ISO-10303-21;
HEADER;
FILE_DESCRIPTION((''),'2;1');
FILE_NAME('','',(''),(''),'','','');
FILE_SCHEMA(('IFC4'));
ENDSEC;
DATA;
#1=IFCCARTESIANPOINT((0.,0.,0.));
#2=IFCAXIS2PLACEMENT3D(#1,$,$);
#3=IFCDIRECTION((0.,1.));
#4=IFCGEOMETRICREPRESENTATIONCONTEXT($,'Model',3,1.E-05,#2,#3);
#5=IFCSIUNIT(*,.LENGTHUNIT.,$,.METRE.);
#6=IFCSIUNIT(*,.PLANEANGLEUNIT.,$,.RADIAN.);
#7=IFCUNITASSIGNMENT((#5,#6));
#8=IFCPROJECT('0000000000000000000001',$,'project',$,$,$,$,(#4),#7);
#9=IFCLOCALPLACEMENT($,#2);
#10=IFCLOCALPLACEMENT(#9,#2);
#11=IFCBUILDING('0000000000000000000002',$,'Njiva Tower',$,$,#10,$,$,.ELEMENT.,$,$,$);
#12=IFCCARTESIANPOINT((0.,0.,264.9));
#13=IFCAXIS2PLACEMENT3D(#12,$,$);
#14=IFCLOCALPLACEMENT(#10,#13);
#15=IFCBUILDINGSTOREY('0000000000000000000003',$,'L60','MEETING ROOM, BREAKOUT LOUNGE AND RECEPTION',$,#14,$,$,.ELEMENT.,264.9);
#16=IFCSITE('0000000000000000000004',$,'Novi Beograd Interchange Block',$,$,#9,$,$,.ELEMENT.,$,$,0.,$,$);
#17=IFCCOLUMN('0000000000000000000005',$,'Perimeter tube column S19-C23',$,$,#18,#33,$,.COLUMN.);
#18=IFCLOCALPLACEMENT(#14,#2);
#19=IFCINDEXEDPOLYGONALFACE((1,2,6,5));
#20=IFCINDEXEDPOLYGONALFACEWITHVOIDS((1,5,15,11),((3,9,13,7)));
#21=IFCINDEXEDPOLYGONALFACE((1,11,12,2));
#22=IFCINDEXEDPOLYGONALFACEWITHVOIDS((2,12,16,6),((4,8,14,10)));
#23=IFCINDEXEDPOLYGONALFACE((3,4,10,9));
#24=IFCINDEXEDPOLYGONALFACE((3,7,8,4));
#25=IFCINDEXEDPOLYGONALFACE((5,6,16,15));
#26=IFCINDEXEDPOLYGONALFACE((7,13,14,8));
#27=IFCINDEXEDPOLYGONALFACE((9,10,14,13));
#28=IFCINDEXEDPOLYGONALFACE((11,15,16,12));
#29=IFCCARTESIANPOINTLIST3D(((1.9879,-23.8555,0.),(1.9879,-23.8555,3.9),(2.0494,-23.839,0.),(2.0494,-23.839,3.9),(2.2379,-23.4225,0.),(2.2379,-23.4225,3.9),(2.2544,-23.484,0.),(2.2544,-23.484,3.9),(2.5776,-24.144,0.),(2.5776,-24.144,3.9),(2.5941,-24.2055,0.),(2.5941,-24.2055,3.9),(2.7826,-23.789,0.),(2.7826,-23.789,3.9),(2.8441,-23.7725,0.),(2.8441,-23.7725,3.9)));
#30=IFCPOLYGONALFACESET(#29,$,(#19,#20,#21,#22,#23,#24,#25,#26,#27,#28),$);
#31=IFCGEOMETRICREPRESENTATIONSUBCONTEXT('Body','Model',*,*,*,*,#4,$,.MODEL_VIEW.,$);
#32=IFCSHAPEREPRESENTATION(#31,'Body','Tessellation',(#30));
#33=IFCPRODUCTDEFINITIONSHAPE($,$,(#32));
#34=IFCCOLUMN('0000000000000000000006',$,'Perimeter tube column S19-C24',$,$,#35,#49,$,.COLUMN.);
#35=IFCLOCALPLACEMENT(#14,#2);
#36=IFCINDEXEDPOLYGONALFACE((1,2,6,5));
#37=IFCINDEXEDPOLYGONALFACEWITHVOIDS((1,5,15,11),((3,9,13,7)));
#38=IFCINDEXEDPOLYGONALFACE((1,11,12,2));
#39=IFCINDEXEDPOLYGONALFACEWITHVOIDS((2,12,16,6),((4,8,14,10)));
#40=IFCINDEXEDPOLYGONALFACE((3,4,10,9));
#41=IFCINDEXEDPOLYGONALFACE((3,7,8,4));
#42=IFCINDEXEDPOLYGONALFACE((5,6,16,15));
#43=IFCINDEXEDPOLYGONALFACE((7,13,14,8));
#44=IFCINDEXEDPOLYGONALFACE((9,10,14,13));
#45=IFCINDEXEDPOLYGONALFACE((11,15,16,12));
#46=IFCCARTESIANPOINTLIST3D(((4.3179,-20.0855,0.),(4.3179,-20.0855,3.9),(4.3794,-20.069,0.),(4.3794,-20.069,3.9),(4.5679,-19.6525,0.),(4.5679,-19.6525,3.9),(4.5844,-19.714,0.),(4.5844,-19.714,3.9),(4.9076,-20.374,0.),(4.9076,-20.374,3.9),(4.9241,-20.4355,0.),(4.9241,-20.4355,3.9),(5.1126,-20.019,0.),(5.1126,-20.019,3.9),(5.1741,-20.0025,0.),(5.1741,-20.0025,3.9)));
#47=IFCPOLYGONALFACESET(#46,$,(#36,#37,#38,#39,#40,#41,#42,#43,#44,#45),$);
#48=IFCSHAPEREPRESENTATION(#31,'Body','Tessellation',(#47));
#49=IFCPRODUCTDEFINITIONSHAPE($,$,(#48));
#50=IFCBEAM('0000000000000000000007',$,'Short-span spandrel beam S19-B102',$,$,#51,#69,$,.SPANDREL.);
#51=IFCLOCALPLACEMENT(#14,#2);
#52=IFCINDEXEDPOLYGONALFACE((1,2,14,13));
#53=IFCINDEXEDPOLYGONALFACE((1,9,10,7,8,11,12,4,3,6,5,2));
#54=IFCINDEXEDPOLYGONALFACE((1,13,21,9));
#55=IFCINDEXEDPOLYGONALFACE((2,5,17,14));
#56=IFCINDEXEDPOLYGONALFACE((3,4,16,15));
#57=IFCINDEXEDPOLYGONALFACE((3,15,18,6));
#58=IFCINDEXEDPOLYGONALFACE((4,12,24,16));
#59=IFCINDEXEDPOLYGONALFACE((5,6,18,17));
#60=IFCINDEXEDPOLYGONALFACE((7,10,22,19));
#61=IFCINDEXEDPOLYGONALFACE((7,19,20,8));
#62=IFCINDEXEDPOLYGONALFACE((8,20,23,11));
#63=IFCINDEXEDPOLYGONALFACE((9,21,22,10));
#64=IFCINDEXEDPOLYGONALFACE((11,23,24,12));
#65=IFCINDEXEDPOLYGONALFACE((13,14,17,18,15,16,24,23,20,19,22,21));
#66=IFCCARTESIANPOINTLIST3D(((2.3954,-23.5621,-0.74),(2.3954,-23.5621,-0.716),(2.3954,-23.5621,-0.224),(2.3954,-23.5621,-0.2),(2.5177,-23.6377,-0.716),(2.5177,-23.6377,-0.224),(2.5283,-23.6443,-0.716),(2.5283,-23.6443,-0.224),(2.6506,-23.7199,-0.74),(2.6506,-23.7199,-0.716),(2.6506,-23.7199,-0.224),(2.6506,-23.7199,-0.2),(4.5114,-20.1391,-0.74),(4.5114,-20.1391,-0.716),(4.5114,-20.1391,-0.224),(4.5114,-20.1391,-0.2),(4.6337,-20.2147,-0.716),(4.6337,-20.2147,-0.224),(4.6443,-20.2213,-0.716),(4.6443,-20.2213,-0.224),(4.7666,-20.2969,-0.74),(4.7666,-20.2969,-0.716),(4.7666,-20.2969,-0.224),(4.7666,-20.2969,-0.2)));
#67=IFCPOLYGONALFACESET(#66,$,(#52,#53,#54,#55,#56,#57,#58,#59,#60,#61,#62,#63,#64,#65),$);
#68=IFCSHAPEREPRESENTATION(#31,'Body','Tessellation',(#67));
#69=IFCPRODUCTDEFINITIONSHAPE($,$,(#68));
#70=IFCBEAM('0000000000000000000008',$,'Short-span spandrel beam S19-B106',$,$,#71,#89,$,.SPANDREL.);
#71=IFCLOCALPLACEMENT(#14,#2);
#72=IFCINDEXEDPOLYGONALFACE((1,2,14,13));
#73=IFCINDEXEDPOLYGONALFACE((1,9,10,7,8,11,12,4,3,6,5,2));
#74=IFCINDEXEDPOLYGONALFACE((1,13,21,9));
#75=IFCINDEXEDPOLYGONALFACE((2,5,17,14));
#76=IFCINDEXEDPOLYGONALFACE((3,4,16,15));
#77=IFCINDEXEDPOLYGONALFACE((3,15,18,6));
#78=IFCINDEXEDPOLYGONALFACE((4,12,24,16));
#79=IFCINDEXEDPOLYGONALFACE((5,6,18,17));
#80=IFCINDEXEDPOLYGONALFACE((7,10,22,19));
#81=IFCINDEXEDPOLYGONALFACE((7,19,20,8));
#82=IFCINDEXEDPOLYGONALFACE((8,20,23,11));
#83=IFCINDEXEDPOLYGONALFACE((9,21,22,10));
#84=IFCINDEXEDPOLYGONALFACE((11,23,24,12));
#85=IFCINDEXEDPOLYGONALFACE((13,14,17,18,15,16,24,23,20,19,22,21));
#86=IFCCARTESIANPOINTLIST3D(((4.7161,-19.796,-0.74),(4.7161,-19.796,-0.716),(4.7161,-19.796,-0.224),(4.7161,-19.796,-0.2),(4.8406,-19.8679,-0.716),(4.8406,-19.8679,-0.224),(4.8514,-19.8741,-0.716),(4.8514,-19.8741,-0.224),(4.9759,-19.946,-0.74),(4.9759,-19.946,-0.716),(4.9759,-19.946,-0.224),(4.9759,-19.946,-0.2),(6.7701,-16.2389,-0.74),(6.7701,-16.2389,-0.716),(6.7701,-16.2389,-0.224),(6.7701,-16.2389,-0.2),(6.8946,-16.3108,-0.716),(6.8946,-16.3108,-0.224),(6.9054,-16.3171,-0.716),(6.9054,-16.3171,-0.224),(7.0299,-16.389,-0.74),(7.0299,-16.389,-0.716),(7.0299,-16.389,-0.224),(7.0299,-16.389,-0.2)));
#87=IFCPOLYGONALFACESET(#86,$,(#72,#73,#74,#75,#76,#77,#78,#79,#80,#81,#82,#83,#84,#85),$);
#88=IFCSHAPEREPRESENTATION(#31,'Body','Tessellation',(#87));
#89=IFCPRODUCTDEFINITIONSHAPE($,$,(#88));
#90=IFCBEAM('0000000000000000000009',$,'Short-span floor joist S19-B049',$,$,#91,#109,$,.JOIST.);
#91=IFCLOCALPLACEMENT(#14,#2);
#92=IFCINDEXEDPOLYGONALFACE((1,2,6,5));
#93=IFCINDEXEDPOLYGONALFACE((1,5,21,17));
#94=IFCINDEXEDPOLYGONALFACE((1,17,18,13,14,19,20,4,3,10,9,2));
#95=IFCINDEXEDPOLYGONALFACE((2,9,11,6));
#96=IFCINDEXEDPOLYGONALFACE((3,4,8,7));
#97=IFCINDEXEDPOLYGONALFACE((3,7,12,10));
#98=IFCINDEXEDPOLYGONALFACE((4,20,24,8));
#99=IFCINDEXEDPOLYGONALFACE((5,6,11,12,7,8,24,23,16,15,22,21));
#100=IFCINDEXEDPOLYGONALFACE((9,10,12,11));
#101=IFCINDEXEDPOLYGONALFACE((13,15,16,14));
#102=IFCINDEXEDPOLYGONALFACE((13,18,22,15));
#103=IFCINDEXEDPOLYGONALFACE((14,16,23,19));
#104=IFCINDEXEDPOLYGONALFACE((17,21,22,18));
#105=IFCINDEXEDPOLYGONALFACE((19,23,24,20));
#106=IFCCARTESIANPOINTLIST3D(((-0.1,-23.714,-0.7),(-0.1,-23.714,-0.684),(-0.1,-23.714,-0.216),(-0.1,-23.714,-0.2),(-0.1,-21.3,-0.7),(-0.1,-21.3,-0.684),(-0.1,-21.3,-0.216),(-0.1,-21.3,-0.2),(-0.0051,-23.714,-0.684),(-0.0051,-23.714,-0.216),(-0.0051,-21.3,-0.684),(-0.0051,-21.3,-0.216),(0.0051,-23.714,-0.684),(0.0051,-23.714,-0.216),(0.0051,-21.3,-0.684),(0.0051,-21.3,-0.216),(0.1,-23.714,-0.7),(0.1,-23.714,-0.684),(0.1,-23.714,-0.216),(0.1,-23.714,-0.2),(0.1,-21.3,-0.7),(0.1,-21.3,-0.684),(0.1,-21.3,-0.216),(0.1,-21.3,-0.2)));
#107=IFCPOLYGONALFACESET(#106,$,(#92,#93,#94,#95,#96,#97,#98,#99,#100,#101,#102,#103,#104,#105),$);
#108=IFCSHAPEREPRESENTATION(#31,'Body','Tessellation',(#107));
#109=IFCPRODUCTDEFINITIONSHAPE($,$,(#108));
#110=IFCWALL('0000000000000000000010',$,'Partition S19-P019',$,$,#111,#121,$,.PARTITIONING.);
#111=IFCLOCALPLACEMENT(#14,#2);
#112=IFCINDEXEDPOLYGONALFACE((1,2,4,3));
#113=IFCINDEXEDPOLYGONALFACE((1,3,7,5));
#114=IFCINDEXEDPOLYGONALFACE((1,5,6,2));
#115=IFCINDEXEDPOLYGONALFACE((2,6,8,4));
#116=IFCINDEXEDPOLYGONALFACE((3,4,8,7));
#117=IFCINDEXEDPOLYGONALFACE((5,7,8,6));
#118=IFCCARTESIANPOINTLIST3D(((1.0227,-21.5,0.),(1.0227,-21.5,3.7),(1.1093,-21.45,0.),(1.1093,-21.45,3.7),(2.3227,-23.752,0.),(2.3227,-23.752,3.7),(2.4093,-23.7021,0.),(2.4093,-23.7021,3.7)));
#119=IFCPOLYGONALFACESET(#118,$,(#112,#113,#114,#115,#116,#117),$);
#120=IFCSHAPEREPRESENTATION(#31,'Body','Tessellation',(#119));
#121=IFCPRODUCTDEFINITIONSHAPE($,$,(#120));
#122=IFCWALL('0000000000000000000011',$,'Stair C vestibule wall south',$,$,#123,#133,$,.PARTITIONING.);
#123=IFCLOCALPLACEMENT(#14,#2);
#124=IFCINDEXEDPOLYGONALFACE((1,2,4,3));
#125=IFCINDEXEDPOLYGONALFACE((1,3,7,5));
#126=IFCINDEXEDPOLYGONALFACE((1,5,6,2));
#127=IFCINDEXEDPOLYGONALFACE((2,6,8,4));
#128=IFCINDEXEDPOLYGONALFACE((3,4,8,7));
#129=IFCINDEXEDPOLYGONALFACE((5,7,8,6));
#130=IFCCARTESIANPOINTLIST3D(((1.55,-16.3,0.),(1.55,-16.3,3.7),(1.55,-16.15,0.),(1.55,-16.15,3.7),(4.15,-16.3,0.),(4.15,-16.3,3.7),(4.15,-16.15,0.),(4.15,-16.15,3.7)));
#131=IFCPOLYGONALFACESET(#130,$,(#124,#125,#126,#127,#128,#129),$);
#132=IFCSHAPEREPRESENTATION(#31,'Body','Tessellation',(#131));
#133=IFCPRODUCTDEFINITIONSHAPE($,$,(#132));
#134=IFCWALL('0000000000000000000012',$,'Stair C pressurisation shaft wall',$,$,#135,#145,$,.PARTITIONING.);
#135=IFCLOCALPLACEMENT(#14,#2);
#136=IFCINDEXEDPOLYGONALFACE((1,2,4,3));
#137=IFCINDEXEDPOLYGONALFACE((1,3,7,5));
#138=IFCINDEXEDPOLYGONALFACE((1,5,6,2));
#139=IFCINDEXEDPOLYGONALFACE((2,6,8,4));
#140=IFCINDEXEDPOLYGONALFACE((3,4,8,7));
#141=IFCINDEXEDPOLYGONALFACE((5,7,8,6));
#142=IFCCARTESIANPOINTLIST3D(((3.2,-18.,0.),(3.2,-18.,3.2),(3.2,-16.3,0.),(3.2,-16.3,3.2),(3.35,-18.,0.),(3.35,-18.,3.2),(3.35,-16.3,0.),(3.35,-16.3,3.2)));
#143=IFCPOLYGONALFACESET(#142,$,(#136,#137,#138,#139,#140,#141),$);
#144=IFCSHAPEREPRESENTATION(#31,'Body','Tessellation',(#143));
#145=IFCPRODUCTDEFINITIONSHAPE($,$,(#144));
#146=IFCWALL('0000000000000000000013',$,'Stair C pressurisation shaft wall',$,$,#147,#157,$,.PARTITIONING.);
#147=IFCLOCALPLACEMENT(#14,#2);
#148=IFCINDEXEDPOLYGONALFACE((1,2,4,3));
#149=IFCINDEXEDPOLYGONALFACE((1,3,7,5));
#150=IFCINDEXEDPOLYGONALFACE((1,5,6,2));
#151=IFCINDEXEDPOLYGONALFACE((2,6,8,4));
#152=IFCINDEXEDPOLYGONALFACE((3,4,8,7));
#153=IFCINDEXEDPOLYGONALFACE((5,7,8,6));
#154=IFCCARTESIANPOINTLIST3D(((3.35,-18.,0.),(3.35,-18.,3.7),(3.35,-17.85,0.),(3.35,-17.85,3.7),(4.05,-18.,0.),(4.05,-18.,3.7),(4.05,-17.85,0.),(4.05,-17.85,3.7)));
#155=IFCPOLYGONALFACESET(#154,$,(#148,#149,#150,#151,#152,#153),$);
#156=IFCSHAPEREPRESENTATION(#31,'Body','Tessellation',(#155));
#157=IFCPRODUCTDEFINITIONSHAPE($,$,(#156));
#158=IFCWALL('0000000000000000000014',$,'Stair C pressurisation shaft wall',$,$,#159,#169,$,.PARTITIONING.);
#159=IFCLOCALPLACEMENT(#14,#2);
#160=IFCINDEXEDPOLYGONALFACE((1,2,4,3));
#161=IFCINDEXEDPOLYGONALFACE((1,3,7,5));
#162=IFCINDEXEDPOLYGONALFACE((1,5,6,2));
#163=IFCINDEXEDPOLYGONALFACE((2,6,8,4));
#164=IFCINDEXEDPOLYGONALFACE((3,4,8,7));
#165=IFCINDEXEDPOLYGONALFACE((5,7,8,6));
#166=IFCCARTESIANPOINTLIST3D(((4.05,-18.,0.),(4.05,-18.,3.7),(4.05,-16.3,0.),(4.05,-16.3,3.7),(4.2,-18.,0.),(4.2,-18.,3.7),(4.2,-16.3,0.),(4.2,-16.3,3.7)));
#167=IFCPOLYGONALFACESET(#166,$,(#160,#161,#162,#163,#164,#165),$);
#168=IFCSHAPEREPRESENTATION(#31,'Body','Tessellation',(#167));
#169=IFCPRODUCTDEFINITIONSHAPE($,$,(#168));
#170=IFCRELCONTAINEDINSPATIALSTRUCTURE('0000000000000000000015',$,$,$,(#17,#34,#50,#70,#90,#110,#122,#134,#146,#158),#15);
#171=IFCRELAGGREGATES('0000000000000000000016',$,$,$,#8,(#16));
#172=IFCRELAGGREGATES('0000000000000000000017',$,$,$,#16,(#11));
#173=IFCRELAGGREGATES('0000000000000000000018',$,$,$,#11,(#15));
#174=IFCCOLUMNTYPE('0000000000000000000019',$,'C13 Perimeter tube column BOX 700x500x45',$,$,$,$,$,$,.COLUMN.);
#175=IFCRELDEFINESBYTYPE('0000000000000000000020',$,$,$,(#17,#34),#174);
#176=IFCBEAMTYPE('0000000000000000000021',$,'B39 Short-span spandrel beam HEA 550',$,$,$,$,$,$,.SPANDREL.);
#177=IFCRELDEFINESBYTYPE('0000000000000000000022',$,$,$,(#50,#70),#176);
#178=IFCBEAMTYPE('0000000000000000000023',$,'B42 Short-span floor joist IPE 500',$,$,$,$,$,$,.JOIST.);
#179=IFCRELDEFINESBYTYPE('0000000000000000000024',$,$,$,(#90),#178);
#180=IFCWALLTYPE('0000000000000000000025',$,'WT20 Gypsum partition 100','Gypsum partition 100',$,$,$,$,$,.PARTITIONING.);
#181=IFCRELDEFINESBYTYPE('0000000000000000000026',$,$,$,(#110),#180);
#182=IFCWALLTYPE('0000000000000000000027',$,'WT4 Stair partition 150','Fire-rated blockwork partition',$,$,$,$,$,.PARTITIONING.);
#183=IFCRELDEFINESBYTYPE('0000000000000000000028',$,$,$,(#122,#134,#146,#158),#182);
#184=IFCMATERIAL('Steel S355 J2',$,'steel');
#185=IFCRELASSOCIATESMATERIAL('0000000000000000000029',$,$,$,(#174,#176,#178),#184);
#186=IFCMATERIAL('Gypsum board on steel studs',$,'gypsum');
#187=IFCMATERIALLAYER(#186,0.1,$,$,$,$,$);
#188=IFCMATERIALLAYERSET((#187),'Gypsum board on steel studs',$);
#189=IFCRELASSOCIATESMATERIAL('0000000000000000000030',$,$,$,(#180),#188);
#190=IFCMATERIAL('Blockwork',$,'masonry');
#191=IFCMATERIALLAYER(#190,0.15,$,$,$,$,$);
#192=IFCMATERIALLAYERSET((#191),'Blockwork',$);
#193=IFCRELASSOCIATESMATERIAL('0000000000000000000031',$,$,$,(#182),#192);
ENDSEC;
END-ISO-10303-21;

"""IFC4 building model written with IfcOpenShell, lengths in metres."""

from ifc_helpers import new_model, si_unit, direction, frame, frame_2d, origin, origin_2d, place, context, subcontext, project, spatial, rectangle, hollow_rectangle, i_section, extrude, material, layer, layer_set, material_profile, profile_set, type_object, element, save


model = new_model("IFC4")

# Units and contexts
model_context = context("Model", 3, precision=1e-05, world=origin(), true_north=direction((0.0, 1.0)))
body_context = subcontext(model_context, "Body", "Model", "MODEL_VIEW")
ifc_project = project(units=[si_unit("LENGTHUNIT", "METRE"), si_unit("PLANEANGLEUNIT", "RADIAN")], contexts=[model_context])

# Site, building, storey
site_placement = place(None, origin())
site = spatial("IfcSite", under=ifc_project, at=site_placement, Name="Novi Beograd Interchange Block", CompositionType="ELEMENT", RefElevation=0.0)
building_placement = place(site_placement, origin())
building = spatial("IfcBuilding", under=site, at=building_placement, Name="Njiva Tower", CompositionType="ELEMENT")
storey_placement = place(building_placement, frame((0.0, 0.0, 264.9)))
storey = spatial("IfcBuildingStorey", under=building, at=storey_placement, Name="L60", Description="MEETING ROOM, BREAKOUT LOUNGE AND RECEPTION", CompositionType="ELEMENT", Elevation=264.9)

# Columns
ifc_material_1 = material(Name="Steel S355 J2", Category="steel")
ifc_material_profile_1 = material_profile(ifc_material_1, hollow_rectangle(XDim=0.5, YDim=0.7, WallThickness=0.045, at=origin_2d()), Name="BOX 700x500x45")
ifc_profile_set_1 = profile_set([ifc_material_profile_1], Name="Steel S355 J2")
column_type = type_object("IfcColumnType", Name="C13 Perimeter tube column BOX 700x500x45", PredefinedType="COLUMN", material=ifc_profile_set_1)
for number, where, z_axis, x_axis, name in (
    (1, (2.416, -23.814, 0.0), (0.0, 0.0, 1.0), (0.5, 0.866025, 0.0), "Perimeter tube column S19-C23"),
    (2, (4.746, -20.044, 0.0), (0.0, 0.0, 1.0), (0.5, 0.866025, 0.0), "Perimeter tube column S19-C24"),
):
    element("IfcColumn", number, at=place(storey_placement, frame(where, z_axis=z_axis, x_axis=x_axis)), inside=storey, type_object=column_type, Name=name, PredefinedType="COLUMN", context=body_context, shape_type="SweptSolid", body=[
        extrude(hollow_rectangle(XDim=0.5, YDim=0.7, WallThickness=0.045, at=origin_2d()), origin(), (0.0, 0.0, 1.0), 3.9),
    ])

# Beams
ifc_material_profile_2 = material_profile(ifc_material_1, i_section(OverallWidth=0.3, OverallDepth=0.54, WebThickness=0.0125, FlangeThickness=0.024, at=origin_2d()), Name="HEA 550")
ifc_profile_set_2 = profile_set([ifc_material_profile_2], Name="Steel S355 J2")
beam_type_1 = type_object("IfcBeamType", Name="B39 Short-span spandrel beam HEA 550", PredefinedType="SPANDREL", material=ifc_profile_set_2)
beam_1_placement = place(storey_placement, frame((2.523, -23.641, -0.47), z_axis=(0.525816, 0.850599, 0.0), x_axis=(-0.850599, 0.525816, 0.0)))
element("IfcBeam", 3, at=beam_1_placement, inside=storey, type_object=beam_type_1, Name="Short-span spandrel beam S19-B102", PredefinedType="SPANDREL", context=body_context, shape_type="SweptSolid", body=[
    extrude(i_section(OverallWidth=0.3, OverallDepth=0.54, WebThickness=0.0125, FlangeThickness=0.024, at=origin_2d()), origin(), (0.0, 0.0, 1.0), 4.0242),
])
beam_2_placement = place(storey_placement, frame((4.846, -19.871, -0.47), z_axis=(0.500067, 0.865987, 0.0), x_axis=(-0.865987, 0.500067, 0.0)))
element("IfcBeam", 4, at=beam_2_placement, inside=storey, type_object=beam_type_1, Name="Short-span spandrel beam S19-B106", PredefinedType="SPANDREL", context=body_context, shape_type="SweptSolid", body=[
    extrude(i_section(OverallWidth=0.3, OverallDepth=0.54, WebThickness=0.0125, FlangeThickness=0.024, at=origin_2d()), origin(), (0.0, 0.0, 1.0), 4.1075),
])
ifc_material_profile_3 = material_profile(ifc_material_1, i_section(OverallWidth=0.2, OverallDepth=0.5, WebThickness=0.0102, FlangeThickness=0.016, at=origin_2d()), Name="IPE 500")
ifc_profile_set_3 = profile_set([ifc_material_profile_3], Name="Steel S355 J2")
beam_type_2 = type_object("IfcBeamType", Name="B42 Short-span floor joist IPE 500", PredefinedType="JOIST", material=ifc_profile_set_3)
beam_3_placement = place(storey_placement, frame((0.0, -21.3, -0.45), z_axis=(0.0, -1.0, 0.0), x_axis=(1.0, 0.0, 0.0)))
element("IfcBeam", 5, at=beam_3_placement, inside=storey, type_object=beam_type_2, Name="Short-span floor joist S19-B049", PredefinedType="JOIST", context=body_context, shape_type="SweptSolid", body=[
    extrude(i_section(OverallWidth=0.2, OverallDepth=0.5, WebThickness=0.0102, FlangeThickness=0.016, at=origin_2d()), origin(), (0.0, 0.0, 1.0), 2.414),
])

# Walls
ifc_material_2 = material(Name="Gypsum board on steel studs", Category="gypsum")
ifc_layer_1 = layer(ifc_material_2, 0.1)
ifc_layer_set_1 = layer_set([ifc_layer_1], Name="Gypsum board on steel studs")
wall_type_1 = type_object("IfcWallType", Name="WT20 Gypsum partition 100", Description="Gypsum partition 100", PredefinedType="PARTITIONING", material=ifc_layer_set_1)
wall_1_placement = place(storey_placement, frame((1.066, -21.475, 0.0), z_axis=(0.0, 0.0, 1.0), x_axis=(0.499944, -0.866058, 0.0)))
element("IfcWall", 6, at=wall_1_placement, inside=storey, type_object=wall_type_1, Name="Partition S19-P019", PredefinedType="PARTITIONING", context=body_context, shape_type="SweptSolid", body=[
    extrude(rectangle(XDim=2.6003, YDim=0.1, at=frame_2d((1.3002, 0.0))), origin(), (0.0, 0.0, 1.0), 3.7),
])
ifc_material_3 = material(Name="Blockwork", Category="masonry")
ifc_layer_2 = layer(ifc_material_3, 0.15)
ifc_layer_set_2 = layer_set([ifc_layer_2], Name="Blockwork")
wall_type_2 = type_object("IfcWallType", Name="WT4 Stair partition 150", Description="Fire-rated blockwork partition", PredefinedType="PARTITIONING", material=ifc_layer_set_2)
wall_2_placement = place(storey_placement, frame((1.55, -16.225, 0.0), z_axis=(0.0, 0.0, 1.0), x_axis=(1.0, 0.0, 0.0)))
element("IfcWall", 7, at=wall_2_placement, inside=storey, type_object=wall_type_2, Name="Stair C vestibule wall south", PredefinedType="PARTITIONING", context=body_context, shape_type="SweptSolid", body=[
    extrude(rectangle(XDim=2.6, YDim=0.15, at=frame_2d((1.3, 0.0))), origin(), (0.0, 0.0, 1.0), 3.7),
])
wall_3_placement = place(storey_placement, frame((3.275, -18.0, 0.0), z_axis=(0.0, 0.0, 1.0), x_axis=(0.0, 1.0, 0.0)))
element("IfcWall", 8, at=wall_3_placement, inside=storey, type_object=wall_type_2, Name="Stair C pressurisation shaft wall", PredefinedType="PARTITIONING", context=body_context, shape_type="SweptSolid", body=[
    extrude(rectangle(XDim=1.7, YDim=0.15, at=frame_2d((0.85, 0.0))), origin(), (0.0, 0.0, 1.0), 3.2),
])
wall_4_placement = place(storey_placement, frame((3.35, -17.925, 0.0), z_axis=(0.0, 0.0, 1.0), x_axis=(1.0, 0.0, 0.0)))
element("IfcWall", 9, at=wall_4_placement, inside=storey, type_object=wall_type_2, Name="Stair C pressurisation shaft wall", PredefinedType="PARTITIONING", context=body_context, shape_type="SweptSolid", body=[
    extrude(rectangle(XDim=0.7, YDim=0.15, at=frame_2d((0.35, 0.0))), origin(), (0.0, 0.0, 1.0), 3.7),
])
wall_5_placement = place(storey_placement, frame((4.125, -18.0, 0.0), z_axis=(0.0, 0.0, 1.0), x_axis=(0.0, 1.0, 0.0)))
element("IfcWall", 10, at=wall_5_placement, inside=storey, type_object=wall_type_2, Name="Stair C pressurisation shaft wall", PredefinedType="PARTITIONING", context=body_context, shape_type="SweptSolid", body=[
    extrude(rectangle(XDim=1.7, YDim=0.15, at=frame_2d((0.85, 0.0))), origin(), (0.0, 0.0, 1.0), 3.7),
])

save(model, "model.ifc")
